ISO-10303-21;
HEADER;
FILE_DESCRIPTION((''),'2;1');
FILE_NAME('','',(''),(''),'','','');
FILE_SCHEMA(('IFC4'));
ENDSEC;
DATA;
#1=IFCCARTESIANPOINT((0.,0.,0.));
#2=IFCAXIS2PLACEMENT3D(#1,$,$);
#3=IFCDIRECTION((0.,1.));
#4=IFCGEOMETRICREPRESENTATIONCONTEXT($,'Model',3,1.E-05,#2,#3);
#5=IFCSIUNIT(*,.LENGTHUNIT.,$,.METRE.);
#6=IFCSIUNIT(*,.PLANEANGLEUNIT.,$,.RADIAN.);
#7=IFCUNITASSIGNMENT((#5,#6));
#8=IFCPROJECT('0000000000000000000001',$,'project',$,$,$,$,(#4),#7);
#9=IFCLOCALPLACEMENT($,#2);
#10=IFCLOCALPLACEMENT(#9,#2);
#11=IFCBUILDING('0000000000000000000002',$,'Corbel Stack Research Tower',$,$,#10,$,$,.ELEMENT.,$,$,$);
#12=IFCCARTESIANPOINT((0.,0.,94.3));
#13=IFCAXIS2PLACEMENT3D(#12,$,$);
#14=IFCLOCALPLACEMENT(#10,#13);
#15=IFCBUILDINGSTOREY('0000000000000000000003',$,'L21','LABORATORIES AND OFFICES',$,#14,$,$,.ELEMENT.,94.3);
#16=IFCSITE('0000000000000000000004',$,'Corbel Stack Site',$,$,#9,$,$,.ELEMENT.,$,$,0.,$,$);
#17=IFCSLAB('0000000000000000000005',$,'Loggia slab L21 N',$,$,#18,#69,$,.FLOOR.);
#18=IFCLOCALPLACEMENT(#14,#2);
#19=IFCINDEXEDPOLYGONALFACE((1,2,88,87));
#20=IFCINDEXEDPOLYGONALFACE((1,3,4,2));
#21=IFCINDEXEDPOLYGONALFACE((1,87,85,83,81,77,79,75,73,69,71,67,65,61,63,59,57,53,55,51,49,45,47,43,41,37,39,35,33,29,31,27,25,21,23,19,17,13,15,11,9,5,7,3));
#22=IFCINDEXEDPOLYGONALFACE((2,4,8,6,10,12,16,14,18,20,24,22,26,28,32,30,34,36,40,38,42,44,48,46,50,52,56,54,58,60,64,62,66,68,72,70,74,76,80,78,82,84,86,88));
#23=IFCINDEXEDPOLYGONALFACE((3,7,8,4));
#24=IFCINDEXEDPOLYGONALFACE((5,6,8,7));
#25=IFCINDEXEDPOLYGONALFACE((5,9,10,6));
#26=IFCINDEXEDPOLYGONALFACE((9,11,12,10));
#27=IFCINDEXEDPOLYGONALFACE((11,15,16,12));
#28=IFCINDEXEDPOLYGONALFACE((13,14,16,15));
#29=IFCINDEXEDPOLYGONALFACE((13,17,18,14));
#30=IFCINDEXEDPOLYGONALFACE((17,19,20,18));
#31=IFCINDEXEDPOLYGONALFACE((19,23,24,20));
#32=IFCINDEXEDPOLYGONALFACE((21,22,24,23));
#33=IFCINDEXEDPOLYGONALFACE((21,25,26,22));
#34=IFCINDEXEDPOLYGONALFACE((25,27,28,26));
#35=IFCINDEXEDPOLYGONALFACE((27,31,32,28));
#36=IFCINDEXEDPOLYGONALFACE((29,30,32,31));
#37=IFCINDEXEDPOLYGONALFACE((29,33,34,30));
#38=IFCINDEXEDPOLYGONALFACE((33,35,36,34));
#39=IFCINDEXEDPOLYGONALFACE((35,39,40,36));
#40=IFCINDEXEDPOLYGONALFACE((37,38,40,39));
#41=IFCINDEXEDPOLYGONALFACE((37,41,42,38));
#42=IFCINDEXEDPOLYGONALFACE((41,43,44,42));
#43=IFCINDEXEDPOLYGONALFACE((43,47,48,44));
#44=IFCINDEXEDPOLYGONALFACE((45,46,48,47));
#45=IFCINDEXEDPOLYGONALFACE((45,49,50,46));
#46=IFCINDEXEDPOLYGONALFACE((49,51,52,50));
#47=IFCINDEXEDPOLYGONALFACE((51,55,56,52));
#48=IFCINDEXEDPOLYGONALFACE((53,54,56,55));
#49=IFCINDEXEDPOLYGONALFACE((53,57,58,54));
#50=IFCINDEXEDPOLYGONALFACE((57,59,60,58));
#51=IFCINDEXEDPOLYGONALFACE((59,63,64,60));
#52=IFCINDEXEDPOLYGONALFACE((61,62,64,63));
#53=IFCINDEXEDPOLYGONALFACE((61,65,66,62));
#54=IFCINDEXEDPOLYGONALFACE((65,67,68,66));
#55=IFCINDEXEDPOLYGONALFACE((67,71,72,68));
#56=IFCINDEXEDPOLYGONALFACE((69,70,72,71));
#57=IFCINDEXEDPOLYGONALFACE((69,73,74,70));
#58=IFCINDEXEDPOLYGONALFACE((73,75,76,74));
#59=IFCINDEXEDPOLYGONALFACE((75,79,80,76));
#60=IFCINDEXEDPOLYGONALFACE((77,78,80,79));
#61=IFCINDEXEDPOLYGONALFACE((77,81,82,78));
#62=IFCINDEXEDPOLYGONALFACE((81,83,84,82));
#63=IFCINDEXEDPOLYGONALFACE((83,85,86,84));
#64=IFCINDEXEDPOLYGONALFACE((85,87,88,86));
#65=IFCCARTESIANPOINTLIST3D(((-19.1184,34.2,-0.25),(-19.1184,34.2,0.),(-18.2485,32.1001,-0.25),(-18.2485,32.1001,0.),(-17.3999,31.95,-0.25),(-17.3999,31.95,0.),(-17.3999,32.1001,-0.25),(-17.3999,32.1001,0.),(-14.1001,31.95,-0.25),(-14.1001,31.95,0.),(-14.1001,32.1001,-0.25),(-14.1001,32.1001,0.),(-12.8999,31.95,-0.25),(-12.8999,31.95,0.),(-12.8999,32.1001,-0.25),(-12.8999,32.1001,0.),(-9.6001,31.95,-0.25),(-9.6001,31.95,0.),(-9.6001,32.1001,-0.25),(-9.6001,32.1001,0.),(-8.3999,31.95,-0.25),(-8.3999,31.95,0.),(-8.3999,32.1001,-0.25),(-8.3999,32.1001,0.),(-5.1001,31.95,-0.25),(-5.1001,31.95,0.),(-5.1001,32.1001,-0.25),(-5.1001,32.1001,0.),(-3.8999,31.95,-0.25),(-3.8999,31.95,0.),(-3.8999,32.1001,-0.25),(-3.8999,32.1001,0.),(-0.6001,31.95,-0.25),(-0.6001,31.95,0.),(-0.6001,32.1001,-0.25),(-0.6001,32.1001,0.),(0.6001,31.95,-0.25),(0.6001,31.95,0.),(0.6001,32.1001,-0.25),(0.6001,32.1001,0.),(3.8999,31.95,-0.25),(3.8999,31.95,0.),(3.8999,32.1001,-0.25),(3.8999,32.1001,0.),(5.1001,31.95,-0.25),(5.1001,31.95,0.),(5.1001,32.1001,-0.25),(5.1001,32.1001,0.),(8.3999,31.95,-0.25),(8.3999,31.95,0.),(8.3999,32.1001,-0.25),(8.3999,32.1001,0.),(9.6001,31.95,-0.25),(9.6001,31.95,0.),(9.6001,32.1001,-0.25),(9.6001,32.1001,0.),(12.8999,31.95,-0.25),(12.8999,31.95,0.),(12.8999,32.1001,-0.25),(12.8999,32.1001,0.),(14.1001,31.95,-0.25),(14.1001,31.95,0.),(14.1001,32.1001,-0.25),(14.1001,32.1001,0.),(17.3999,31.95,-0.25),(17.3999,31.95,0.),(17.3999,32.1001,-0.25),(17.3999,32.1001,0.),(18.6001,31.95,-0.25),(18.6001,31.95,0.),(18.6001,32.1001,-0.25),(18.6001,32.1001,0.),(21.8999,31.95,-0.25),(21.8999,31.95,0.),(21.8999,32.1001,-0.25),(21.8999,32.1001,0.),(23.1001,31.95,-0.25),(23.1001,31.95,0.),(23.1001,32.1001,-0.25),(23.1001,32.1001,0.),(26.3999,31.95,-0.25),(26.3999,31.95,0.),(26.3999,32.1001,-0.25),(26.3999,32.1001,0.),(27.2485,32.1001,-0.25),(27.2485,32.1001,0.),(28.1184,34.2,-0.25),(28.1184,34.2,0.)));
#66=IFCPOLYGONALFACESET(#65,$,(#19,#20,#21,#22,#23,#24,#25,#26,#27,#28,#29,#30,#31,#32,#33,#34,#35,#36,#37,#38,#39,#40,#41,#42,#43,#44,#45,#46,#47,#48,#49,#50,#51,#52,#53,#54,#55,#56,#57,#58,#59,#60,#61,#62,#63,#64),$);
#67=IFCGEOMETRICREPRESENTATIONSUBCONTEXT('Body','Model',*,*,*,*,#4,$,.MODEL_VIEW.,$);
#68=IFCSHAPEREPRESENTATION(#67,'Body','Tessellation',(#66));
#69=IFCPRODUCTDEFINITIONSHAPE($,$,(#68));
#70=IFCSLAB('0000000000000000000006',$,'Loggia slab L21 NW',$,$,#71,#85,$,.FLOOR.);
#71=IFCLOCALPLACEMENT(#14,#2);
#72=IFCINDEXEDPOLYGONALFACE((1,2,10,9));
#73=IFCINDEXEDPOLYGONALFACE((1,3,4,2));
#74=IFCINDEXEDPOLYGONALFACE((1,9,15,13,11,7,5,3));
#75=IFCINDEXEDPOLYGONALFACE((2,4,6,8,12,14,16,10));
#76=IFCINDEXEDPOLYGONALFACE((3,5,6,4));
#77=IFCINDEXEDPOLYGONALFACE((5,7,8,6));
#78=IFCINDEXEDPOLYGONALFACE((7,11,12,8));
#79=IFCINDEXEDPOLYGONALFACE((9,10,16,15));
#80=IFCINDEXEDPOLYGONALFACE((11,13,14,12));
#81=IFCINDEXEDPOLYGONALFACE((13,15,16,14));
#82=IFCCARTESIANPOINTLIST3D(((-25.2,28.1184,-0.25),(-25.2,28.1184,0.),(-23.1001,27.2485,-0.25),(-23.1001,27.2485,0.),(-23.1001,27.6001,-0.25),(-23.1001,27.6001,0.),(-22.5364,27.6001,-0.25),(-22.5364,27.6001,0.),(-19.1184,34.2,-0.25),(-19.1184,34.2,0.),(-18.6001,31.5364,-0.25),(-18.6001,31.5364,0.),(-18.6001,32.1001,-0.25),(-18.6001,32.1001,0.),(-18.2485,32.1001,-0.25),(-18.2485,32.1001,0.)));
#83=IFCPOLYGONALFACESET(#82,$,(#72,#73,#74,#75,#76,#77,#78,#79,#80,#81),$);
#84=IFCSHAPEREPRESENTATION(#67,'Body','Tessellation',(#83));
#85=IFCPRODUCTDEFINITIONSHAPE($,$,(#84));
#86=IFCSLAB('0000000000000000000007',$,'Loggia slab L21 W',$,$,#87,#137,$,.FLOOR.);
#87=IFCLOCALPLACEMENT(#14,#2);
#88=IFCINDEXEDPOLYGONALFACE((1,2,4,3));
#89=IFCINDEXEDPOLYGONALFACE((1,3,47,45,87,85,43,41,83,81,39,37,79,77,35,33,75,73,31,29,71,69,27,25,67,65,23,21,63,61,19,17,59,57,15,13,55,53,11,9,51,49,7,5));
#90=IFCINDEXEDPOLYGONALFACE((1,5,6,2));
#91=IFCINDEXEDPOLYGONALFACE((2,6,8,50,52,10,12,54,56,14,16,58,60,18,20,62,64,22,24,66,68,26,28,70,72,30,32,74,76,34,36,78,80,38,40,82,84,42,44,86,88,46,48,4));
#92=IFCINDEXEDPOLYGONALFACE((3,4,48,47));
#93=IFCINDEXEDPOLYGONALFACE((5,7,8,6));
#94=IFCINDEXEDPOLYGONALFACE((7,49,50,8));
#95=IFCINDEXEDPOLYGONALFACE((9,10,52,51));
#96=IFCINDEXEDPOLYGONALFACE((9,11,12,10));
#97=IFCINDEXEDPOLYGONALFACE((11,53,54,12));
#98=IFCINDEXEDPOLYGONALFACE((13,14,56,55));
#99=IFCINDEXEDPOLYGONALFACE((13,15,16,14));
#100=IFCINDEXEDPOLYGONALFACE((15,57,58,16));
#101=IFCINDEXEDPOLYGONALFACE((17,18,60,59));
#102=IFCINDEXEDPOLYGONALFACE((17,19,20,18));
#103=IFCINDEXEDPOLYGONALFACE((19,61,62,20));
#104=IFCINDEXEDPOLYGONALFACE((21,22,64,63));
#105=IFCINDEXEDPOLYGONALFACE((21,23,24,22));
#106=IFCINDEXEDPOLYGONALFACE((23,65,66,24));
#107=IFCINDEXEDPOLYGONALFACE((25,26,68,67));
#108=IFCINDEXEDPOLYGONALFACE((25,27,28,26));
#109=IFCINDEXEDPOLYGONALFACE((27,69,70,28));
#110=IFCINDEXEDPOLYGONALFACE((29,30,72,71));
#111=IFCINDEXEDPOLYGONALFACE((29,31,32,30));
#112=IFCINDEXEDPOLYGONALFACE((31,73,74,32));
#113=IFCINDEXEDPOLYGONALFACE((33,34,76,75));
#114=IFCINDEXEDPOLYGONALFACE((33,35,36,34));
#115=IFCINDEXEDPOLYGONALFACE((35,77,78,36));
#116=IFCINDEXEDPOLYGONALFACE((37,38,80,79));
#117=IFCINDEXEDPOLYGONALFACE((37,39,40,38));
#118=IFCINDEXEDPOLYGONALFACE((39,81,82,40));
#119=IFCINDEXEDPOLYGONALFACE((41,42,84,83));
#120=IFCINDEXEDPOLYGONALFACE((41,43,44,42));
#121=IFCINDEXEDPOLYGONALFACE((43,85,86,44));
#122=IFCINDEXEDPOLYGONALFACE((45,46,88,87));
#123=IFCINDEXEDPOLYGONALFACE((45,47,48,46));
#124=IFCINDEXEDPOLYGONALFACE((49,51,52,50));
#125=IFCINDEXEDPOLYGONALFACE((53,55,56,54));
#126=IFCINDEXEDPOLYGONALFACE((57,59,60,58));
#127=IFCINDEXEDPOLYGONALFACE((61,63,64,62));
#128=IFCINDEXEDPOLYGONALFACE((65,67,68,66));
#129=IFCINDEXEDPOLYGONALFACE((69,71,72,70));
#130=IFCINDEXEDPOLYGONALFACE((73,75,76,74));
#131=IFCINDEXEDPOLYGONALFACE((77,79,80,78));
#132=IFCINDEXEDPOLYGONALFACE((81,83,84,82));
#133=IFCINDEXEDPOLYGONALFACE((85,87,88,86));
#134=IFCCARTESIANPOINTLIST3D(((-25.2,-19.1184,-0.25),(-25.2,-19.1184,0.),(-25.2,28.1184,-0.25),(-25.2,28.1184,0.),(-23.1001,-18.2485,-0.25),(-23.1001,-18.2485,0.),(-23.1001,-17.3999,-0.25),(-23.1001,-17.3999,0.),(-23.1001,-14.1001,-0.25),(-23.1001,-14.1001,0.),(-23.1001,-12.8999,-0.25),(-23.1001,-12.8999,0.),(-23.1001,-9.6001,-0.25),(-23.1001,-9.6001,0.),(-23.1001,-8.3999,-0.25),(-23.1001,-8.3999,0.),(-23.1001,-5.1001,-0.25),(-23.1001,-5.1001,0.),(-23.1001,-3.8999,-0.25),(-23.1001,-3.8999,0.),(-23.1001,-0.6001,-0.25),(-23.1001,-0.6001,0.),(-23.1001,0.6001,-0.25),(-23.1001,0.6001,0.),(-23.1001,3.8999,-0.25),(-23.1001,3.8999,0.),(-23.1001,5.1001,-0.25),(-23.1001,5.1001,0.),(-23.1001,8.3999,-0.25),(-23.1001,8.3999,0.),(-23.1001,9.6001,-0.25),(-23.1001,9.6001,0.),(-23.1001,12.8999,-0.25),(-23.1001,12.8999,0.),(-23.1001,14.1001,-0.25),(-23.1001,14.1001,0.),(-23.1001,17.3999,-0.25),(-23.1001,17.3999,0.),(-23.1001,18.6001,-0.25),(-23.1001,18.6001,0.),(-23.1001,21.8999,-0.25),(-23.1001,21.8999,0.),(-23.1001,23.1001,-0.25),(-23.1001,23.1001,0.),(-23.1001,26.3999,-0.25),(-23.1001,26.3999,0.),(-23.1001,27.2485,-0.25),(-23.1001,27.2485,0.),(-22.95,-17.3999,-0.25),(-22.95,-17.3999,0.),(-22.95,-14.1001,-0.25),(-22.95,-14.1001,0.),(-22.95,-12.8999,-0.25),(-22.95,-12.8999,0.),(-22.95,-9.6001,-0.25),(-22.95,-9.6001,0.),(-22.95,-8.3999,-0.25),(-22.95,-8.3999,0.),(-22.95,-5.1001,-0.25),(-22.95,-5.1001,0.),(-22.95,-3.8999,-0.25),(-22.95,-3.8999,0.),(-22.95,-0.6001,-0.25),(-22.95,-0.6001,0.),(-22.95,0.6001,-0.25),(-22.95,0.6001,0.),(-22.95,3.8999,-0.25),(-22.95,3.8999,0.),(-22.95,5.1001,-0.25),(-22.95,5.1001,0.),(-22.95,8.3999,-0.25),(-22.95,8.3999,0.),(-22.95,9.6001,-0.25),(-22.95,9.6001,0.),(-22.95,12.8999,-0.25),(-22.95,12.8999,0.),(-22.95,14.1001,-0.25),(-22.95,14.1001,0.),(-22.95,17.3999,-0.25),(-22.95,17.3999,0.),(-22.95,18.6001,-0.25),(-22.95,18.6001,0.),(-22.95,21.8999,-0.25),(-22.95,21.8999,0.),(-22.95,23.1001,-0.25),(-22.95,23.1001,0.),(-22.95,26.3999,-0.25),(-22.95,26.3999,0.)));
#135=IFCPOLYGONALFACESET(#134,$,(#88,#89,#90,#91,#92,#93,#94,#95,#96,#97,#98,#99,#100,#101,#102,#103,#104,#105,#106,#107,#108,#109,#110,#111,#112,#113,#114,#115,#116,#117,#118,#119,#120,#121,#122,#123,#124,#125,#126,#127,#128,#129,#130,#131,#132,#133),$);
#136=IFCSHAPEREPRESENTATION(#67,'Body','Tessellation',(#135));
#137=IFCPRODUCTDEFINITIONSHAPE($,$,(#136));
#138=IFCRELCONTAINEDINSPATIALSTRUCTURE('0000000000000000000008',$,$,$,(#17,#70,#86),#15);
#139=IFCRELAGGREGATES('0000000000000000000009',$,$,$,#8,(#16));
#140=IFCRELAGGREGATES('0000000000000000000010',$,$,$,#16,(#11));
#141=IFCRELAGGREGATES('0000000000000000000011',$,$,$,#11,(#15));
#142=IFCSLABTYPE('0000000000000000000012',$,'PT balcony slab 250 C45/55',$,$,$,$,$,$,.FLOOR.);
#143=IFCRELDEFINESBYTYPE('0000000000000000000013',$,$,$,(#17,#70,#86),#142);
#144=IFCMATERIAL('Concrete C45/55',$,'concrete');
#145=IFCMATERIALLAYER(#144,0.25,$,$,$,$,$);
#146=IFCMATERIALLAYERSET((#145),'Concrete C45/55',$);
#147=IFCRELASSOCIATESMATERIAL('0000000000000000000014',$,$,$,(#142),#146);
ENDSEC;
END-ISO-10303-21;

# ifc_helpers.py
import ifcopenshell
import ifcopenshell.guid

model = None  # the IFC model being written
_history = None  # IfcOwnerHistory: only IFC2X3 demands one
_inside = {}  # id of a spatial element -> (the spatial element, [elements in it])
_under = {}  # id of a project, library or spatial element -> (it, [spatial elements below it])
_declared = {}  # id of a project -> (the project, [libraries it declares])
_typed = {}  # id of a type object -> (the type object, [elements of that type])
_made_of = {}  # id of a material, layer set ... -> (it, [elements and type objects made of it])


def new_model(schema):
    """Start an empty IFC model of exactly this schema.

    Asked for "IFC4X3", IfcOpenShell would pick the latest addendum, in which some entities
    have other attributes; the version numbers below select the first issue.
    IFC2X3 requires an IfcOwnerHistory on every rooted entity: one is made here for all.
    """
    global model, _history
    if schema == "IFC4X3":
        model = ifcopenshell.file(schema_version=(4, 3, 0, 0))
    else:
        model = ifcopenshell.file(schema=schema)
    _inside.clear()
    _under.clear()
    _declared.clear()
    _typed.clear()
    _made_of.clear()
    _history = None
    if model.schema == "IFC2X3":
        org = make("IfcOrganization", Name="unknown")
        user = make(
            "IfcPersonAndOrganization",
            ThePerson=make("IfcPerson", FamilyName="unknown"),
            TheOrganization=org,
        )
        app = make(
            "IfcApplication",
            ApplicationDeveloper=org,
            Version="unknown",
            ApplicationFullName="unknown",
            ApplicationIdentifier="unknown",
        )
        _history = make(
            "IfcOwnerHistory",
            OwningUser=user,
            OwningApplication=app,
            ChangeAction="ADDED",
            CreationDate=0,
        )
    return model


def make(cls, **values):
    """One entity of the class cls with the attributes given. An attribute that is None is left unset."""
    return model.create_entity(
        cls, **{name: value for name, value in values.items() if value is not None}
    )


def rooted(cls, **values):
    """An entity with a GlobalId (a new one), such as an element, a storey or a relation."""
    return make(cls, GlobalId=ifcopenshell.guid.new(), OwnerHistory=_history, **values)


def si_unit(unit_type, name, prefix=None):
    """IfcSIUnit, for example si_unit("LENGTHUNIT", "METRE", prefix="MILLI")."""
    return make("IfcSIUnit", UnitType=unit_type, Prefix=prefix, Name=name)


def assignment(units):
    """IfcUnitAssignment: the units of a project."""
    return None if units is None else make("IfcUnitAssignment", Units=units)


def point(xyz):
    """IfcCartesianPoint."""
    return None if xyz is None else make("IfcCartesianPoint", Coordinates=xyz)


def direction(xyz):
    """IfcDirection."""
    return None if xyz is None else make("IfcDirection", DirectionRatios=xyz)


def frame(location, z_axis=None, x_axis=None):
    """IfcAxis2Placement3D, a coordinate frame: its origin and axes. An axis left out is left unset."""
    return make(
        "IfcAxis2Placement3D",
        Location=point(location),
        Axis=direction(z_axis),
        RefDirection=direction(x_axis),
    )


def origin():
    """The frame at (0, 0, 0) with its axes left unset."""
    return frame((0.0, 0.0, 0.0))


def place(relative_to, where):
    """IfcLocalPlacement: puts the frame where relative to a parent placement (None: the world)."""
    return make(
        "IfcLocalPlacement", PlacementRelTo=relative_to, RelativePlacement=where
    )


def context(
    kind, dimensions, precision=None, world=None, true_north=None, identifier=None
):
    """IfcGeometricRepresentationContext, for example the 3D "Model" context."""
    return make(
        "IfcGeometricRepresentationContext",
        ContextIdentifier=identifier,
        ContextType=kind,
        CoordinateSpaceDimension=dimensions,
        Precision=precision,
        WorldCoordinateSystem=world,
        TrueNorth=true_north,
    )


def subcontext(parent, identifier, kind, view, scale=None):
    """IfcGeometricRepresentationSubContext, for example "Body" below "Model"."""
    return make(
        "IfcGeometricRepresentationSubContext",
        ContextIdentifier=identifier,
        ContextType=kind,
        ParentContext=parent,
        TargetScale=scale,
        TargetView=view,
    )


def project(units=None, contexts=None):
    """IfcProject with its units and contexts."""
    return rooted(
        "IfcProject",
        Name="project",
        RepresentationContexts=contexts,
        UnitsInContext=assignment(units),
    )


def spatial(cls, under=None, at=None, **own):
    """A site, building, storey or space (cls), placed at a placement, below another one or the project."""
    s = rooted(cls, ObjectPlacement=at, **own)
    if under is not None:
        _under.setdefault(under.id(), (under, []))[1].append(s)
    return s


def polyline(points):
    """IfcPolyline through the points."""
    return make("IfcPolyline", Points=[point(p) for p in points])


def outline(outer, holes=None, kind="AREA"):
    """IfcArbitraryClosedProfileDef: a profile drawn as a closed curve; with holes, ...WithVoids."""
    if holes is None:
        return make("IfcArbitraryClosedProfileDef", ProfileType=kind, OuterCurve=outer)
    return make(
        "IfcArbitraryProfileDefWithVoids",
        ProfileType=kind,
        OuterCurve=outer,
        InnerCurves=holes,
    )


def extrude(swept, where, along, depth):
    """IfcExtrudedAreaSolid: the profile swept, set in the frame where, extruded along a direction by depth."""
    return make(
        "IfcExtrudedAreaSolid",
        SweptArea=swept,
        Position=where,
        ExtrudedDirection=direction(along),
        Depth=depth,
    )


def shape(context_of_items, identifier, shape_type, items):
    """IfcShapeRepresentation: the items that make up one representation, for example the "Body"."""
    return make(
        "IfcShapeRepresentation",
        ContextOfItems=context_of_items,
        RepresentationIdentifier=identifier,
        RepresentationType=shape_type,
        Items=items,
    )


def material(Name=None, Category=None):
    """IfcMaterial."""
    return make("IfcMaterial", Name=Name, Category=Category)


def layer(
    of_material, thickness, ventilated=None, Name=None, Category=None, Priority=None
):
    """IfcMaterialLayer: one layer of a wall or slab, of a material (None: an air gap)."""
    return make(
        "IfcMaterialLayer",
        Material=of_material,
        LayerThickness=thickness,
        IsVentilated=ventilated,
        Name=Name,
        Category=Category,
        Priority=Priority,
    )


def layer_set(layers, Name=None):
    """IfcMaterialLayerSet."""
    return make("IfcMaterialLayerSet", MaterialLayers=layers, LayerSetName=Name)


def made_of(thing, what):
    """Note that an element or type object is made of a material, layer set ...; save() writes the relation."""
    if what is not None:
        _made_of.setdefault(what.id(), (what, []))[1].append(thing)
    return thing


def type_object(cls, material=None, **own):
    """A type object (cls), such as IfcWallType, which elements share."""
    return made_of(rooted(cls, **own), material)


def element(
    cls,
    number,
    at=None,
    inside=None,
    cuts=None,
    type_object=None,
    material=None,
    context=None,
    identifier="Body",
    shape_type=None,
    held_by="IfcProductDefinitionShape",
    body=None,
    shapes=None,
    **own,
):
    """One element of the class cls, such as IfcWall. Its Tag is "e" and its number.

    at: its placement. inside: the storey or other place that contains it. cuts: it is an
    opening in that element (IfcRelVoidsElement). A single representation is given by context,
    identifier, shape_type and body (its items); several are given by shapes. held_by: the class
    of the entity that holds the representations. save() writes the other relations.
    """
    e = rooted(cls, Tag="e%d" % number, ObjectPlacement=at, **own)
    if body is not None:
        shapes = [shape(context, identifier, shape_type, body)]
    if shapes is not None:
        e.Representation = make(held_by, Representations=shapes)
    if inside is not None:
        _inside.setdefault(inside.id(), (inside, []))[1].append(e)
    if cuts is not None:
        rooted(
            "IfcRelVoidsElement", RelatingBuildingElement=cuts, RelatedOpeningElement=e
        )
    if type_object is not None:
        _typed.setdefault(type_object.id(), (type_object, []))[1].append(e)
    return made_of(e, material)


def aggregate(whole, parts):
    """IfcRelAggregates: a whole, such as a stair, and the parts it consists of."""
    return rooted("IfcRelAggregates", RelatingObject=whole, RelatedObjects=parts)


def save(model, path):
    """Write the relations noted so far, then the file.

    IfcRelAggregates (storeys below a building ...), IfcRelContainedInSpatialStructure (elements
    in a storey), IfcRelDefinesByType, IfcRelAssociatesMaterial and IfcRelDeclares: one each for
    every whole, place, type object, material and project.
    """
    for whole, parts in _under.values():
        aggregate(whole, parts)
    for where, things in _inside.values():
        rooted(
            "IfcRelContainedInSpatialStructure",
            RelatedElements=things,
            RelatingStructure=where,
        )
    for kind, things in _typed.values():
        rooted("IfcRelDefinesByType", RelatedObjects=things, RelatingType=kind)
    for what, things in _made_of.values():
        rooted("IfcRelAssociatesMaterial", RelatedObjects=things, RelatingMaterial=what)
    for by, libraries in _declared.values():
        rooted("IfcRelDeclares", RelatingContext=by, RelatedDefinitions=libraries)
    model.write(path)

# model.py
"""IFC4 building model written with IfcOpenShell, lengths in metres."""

from ifc_helpers import new_model, si_unit, direction, frame, origin, place, context, subcontext, project, spatial, polyline, outline, extrude, material, layer, layer_set, type_object, element, save


model = new_model("IFC4")

# Units and contexts
model_context = context("Model", 3, precision=1e-05, world=origin(), true_north=direction((0.0, 1.0)))
body_context = subcontext(model_context, "Body", "Model", "MODEL_VIEW")
ifc_project = project(units=[si_unit("LENGTHUNIT", "METRE"), si_unit("PLANEANGLEUNIT", "RADIAN")], contexts=[model_context])

# Site, building, storey
site_placement = place(None, origin())
site = spatial("IfcSite", under=ifc_project, at=site_placement, Name="Corbel Stack Site", CompositionType="ELEMENT", RefElevation=0.0)
building_placement = place(site_placement, origin())
building = spatial("IfcBuilding", under=site, at=building_placement, Name="Corbel Stack Research Tower", CompositionType="ELEMENT")
storey_placement = place(building_placement, frame((0.0, 0.0, 94.3)))
storey = spatial("IfcBuildingStorey", under=building, at=storey_placement, Name="L21", Description="LABORATORIES AND OFFICES", CompositionType="ELEMENT", Elevation=94.3)

# Slabs
ifc_material_1 = material(Name="Concrete C45/55", Category="concrete")
ifc_layer_1 = layer(ifc_material_1, 0.25)
ifc_layer_set_1 = layer_set([ifc_layer_1], Name="Concrete C45/55")
slab_type_1 = type_object("IfcSlabType", Name="PT balcony slab 250 C45/55", PredefinedType="FLOOR", material=ifc_layer_set_1)
slab_1_placement = place(storey_placement, frame((0.0, 0.0, -0.25)))
element("IfcSlab", 1, at=slab_1_placement, inside=storey, type_object=slab_type_1, Name="Loggia slab L21 N", PredefinedType="FLOOR", context=body_context, shape_type="SweptSolid", body=[
    extrude(outline(polyline([(-18.2485, 32.1001), (-17.3999, 32.1001), (-17.3999, 31.95), (-14.1001, 31.95), (-14.1001, 32.1001), (-12.8999, 32.1001), (-12.8999, 31.95), (-9.6001, 31.95), (-9.6001, 32.1001), (-8.3999, 32.1001), (-8.3999, 31.95), (-5.1001, 31.95), (-5.1001, 32.1001), (-3.8999, 32.1001), (-3.8999, 31.95), (-0.6001, 31.95), (-0.6001, 32.1001), (0.6001, 32.1001), (0.6001, 31.95), (3.8999, 31.95), (3.8999, 32.1001), (5.1001, 32.1001), (5.1001, 31.95), (8.3999, 31.95), (8.3999, 32.1001), (9.6001, 32.1001), (9.6001, 31.95), (12.8999, 31.95), (12.8999, 32.1001), (14.1001, 32.1001), (14.1001, 31.95), (17.3999, 31.95), (17.3999, 32.1001), (18.6001, 32.1001), (18.6001, 31.95), (21.8999, 31.95), (21.8999, 32.1001), (23.1001, 32.1001), (23.1001, 31.95), (26.3999, 31.95), (26.3999, 32.1001), (27.2485, 32.1001), (28.1184, 34.2), (-19.1184, 34.2), (-18.2485, 32.1001)])), origin(), (0.0, 0.0, 1.0), 0.25),
])
slab_2_placement = place(storey_placement, frame((0.0, 0.0, -0.25)))
element("IfcSlab", 2, at=slab_2_placement, inside=storey, type_object=slab_type_1, Name="Loggia slab L21 NW", PredefinedType="FLOOR", context=body_context, shape_type="SweptSolid", body=[
    extrude(outline(polyline([(-23.1001, 27.2485), (-23.1001, 27.6001), (-22.5364, 27.6001), (-18.6001, 31.5364), (-18.6001, 32.1001), (-18.2485, 32.1001), (-19.1184, 34.2), (-25.2, 28.1184), (-23.1001, 27.2485)])), origin(), (0.0, 0.0, 1.0), 0.25),
])
slab_3_placement = place(storey_placement, frame((0.0, 0.0, -0.25)))
element("IfcSlab", 3, at=slab_3_placement, inside=storey, type_object=slab_type_1, Name="Loggia slab L21 W", PredefinedType="FLOOR", context=body_context, shape_type="SweptSolid", body=[
    extrude(outline(polyline([(-23.1001, -18.2485), (-23.1001, -17.3999), (-22.95, -17.3999), (-22.95, -14.1001), (-23.1001, -14.1001), (-23.1001, -12.8999), (-22.95, -12.8999), (-22.95, -9.6001), (-23.1001, -9.6001), (-23.1001, -8.3999), (-22.95, -8.3999), (-22.95, -5.1001), (-23.1001, -5.1001), (-23.1001, -3.8999), (-22.95, -3.8999), (-22.95, -0.6001), (-23.1001, -0.6001), (-23.1001, 0.6001), (-22.95, 0.6001), (-22.95, 3.8999), (-23.1001, 3.8999), (-23.1001, 5.1001), (-22.95, 5.1001), (-22.95, 8.3999), (-23.1001, 8.3999), (-23.1001, 9.6001), (-22.95, 9.6001), (-22.95, 12.8999), (-23.1001, 12.8999), (-23.1001, 14.1001), (-22.95, 14.1001), (-22.95, 17.3999), (-23.1001, 17.3999), (-23.1001, 18.6001), (-22.95, 18.6001), (-22.95, 21.8999), (-23.1001, 21.8999), (-23.1001, 23.1001), (-22.95, 23.1001), (-22.95, 26.3999), (-23.1001, 26.3999), (-23.1001, 27.2485), (-25.2, 28.1184), (-25.2, -19.1184), (-23.1001, -18.2485)])), origin(), (0.0, 0.0, 1.0), 0.25),
])

save(model, "model.ifc")
